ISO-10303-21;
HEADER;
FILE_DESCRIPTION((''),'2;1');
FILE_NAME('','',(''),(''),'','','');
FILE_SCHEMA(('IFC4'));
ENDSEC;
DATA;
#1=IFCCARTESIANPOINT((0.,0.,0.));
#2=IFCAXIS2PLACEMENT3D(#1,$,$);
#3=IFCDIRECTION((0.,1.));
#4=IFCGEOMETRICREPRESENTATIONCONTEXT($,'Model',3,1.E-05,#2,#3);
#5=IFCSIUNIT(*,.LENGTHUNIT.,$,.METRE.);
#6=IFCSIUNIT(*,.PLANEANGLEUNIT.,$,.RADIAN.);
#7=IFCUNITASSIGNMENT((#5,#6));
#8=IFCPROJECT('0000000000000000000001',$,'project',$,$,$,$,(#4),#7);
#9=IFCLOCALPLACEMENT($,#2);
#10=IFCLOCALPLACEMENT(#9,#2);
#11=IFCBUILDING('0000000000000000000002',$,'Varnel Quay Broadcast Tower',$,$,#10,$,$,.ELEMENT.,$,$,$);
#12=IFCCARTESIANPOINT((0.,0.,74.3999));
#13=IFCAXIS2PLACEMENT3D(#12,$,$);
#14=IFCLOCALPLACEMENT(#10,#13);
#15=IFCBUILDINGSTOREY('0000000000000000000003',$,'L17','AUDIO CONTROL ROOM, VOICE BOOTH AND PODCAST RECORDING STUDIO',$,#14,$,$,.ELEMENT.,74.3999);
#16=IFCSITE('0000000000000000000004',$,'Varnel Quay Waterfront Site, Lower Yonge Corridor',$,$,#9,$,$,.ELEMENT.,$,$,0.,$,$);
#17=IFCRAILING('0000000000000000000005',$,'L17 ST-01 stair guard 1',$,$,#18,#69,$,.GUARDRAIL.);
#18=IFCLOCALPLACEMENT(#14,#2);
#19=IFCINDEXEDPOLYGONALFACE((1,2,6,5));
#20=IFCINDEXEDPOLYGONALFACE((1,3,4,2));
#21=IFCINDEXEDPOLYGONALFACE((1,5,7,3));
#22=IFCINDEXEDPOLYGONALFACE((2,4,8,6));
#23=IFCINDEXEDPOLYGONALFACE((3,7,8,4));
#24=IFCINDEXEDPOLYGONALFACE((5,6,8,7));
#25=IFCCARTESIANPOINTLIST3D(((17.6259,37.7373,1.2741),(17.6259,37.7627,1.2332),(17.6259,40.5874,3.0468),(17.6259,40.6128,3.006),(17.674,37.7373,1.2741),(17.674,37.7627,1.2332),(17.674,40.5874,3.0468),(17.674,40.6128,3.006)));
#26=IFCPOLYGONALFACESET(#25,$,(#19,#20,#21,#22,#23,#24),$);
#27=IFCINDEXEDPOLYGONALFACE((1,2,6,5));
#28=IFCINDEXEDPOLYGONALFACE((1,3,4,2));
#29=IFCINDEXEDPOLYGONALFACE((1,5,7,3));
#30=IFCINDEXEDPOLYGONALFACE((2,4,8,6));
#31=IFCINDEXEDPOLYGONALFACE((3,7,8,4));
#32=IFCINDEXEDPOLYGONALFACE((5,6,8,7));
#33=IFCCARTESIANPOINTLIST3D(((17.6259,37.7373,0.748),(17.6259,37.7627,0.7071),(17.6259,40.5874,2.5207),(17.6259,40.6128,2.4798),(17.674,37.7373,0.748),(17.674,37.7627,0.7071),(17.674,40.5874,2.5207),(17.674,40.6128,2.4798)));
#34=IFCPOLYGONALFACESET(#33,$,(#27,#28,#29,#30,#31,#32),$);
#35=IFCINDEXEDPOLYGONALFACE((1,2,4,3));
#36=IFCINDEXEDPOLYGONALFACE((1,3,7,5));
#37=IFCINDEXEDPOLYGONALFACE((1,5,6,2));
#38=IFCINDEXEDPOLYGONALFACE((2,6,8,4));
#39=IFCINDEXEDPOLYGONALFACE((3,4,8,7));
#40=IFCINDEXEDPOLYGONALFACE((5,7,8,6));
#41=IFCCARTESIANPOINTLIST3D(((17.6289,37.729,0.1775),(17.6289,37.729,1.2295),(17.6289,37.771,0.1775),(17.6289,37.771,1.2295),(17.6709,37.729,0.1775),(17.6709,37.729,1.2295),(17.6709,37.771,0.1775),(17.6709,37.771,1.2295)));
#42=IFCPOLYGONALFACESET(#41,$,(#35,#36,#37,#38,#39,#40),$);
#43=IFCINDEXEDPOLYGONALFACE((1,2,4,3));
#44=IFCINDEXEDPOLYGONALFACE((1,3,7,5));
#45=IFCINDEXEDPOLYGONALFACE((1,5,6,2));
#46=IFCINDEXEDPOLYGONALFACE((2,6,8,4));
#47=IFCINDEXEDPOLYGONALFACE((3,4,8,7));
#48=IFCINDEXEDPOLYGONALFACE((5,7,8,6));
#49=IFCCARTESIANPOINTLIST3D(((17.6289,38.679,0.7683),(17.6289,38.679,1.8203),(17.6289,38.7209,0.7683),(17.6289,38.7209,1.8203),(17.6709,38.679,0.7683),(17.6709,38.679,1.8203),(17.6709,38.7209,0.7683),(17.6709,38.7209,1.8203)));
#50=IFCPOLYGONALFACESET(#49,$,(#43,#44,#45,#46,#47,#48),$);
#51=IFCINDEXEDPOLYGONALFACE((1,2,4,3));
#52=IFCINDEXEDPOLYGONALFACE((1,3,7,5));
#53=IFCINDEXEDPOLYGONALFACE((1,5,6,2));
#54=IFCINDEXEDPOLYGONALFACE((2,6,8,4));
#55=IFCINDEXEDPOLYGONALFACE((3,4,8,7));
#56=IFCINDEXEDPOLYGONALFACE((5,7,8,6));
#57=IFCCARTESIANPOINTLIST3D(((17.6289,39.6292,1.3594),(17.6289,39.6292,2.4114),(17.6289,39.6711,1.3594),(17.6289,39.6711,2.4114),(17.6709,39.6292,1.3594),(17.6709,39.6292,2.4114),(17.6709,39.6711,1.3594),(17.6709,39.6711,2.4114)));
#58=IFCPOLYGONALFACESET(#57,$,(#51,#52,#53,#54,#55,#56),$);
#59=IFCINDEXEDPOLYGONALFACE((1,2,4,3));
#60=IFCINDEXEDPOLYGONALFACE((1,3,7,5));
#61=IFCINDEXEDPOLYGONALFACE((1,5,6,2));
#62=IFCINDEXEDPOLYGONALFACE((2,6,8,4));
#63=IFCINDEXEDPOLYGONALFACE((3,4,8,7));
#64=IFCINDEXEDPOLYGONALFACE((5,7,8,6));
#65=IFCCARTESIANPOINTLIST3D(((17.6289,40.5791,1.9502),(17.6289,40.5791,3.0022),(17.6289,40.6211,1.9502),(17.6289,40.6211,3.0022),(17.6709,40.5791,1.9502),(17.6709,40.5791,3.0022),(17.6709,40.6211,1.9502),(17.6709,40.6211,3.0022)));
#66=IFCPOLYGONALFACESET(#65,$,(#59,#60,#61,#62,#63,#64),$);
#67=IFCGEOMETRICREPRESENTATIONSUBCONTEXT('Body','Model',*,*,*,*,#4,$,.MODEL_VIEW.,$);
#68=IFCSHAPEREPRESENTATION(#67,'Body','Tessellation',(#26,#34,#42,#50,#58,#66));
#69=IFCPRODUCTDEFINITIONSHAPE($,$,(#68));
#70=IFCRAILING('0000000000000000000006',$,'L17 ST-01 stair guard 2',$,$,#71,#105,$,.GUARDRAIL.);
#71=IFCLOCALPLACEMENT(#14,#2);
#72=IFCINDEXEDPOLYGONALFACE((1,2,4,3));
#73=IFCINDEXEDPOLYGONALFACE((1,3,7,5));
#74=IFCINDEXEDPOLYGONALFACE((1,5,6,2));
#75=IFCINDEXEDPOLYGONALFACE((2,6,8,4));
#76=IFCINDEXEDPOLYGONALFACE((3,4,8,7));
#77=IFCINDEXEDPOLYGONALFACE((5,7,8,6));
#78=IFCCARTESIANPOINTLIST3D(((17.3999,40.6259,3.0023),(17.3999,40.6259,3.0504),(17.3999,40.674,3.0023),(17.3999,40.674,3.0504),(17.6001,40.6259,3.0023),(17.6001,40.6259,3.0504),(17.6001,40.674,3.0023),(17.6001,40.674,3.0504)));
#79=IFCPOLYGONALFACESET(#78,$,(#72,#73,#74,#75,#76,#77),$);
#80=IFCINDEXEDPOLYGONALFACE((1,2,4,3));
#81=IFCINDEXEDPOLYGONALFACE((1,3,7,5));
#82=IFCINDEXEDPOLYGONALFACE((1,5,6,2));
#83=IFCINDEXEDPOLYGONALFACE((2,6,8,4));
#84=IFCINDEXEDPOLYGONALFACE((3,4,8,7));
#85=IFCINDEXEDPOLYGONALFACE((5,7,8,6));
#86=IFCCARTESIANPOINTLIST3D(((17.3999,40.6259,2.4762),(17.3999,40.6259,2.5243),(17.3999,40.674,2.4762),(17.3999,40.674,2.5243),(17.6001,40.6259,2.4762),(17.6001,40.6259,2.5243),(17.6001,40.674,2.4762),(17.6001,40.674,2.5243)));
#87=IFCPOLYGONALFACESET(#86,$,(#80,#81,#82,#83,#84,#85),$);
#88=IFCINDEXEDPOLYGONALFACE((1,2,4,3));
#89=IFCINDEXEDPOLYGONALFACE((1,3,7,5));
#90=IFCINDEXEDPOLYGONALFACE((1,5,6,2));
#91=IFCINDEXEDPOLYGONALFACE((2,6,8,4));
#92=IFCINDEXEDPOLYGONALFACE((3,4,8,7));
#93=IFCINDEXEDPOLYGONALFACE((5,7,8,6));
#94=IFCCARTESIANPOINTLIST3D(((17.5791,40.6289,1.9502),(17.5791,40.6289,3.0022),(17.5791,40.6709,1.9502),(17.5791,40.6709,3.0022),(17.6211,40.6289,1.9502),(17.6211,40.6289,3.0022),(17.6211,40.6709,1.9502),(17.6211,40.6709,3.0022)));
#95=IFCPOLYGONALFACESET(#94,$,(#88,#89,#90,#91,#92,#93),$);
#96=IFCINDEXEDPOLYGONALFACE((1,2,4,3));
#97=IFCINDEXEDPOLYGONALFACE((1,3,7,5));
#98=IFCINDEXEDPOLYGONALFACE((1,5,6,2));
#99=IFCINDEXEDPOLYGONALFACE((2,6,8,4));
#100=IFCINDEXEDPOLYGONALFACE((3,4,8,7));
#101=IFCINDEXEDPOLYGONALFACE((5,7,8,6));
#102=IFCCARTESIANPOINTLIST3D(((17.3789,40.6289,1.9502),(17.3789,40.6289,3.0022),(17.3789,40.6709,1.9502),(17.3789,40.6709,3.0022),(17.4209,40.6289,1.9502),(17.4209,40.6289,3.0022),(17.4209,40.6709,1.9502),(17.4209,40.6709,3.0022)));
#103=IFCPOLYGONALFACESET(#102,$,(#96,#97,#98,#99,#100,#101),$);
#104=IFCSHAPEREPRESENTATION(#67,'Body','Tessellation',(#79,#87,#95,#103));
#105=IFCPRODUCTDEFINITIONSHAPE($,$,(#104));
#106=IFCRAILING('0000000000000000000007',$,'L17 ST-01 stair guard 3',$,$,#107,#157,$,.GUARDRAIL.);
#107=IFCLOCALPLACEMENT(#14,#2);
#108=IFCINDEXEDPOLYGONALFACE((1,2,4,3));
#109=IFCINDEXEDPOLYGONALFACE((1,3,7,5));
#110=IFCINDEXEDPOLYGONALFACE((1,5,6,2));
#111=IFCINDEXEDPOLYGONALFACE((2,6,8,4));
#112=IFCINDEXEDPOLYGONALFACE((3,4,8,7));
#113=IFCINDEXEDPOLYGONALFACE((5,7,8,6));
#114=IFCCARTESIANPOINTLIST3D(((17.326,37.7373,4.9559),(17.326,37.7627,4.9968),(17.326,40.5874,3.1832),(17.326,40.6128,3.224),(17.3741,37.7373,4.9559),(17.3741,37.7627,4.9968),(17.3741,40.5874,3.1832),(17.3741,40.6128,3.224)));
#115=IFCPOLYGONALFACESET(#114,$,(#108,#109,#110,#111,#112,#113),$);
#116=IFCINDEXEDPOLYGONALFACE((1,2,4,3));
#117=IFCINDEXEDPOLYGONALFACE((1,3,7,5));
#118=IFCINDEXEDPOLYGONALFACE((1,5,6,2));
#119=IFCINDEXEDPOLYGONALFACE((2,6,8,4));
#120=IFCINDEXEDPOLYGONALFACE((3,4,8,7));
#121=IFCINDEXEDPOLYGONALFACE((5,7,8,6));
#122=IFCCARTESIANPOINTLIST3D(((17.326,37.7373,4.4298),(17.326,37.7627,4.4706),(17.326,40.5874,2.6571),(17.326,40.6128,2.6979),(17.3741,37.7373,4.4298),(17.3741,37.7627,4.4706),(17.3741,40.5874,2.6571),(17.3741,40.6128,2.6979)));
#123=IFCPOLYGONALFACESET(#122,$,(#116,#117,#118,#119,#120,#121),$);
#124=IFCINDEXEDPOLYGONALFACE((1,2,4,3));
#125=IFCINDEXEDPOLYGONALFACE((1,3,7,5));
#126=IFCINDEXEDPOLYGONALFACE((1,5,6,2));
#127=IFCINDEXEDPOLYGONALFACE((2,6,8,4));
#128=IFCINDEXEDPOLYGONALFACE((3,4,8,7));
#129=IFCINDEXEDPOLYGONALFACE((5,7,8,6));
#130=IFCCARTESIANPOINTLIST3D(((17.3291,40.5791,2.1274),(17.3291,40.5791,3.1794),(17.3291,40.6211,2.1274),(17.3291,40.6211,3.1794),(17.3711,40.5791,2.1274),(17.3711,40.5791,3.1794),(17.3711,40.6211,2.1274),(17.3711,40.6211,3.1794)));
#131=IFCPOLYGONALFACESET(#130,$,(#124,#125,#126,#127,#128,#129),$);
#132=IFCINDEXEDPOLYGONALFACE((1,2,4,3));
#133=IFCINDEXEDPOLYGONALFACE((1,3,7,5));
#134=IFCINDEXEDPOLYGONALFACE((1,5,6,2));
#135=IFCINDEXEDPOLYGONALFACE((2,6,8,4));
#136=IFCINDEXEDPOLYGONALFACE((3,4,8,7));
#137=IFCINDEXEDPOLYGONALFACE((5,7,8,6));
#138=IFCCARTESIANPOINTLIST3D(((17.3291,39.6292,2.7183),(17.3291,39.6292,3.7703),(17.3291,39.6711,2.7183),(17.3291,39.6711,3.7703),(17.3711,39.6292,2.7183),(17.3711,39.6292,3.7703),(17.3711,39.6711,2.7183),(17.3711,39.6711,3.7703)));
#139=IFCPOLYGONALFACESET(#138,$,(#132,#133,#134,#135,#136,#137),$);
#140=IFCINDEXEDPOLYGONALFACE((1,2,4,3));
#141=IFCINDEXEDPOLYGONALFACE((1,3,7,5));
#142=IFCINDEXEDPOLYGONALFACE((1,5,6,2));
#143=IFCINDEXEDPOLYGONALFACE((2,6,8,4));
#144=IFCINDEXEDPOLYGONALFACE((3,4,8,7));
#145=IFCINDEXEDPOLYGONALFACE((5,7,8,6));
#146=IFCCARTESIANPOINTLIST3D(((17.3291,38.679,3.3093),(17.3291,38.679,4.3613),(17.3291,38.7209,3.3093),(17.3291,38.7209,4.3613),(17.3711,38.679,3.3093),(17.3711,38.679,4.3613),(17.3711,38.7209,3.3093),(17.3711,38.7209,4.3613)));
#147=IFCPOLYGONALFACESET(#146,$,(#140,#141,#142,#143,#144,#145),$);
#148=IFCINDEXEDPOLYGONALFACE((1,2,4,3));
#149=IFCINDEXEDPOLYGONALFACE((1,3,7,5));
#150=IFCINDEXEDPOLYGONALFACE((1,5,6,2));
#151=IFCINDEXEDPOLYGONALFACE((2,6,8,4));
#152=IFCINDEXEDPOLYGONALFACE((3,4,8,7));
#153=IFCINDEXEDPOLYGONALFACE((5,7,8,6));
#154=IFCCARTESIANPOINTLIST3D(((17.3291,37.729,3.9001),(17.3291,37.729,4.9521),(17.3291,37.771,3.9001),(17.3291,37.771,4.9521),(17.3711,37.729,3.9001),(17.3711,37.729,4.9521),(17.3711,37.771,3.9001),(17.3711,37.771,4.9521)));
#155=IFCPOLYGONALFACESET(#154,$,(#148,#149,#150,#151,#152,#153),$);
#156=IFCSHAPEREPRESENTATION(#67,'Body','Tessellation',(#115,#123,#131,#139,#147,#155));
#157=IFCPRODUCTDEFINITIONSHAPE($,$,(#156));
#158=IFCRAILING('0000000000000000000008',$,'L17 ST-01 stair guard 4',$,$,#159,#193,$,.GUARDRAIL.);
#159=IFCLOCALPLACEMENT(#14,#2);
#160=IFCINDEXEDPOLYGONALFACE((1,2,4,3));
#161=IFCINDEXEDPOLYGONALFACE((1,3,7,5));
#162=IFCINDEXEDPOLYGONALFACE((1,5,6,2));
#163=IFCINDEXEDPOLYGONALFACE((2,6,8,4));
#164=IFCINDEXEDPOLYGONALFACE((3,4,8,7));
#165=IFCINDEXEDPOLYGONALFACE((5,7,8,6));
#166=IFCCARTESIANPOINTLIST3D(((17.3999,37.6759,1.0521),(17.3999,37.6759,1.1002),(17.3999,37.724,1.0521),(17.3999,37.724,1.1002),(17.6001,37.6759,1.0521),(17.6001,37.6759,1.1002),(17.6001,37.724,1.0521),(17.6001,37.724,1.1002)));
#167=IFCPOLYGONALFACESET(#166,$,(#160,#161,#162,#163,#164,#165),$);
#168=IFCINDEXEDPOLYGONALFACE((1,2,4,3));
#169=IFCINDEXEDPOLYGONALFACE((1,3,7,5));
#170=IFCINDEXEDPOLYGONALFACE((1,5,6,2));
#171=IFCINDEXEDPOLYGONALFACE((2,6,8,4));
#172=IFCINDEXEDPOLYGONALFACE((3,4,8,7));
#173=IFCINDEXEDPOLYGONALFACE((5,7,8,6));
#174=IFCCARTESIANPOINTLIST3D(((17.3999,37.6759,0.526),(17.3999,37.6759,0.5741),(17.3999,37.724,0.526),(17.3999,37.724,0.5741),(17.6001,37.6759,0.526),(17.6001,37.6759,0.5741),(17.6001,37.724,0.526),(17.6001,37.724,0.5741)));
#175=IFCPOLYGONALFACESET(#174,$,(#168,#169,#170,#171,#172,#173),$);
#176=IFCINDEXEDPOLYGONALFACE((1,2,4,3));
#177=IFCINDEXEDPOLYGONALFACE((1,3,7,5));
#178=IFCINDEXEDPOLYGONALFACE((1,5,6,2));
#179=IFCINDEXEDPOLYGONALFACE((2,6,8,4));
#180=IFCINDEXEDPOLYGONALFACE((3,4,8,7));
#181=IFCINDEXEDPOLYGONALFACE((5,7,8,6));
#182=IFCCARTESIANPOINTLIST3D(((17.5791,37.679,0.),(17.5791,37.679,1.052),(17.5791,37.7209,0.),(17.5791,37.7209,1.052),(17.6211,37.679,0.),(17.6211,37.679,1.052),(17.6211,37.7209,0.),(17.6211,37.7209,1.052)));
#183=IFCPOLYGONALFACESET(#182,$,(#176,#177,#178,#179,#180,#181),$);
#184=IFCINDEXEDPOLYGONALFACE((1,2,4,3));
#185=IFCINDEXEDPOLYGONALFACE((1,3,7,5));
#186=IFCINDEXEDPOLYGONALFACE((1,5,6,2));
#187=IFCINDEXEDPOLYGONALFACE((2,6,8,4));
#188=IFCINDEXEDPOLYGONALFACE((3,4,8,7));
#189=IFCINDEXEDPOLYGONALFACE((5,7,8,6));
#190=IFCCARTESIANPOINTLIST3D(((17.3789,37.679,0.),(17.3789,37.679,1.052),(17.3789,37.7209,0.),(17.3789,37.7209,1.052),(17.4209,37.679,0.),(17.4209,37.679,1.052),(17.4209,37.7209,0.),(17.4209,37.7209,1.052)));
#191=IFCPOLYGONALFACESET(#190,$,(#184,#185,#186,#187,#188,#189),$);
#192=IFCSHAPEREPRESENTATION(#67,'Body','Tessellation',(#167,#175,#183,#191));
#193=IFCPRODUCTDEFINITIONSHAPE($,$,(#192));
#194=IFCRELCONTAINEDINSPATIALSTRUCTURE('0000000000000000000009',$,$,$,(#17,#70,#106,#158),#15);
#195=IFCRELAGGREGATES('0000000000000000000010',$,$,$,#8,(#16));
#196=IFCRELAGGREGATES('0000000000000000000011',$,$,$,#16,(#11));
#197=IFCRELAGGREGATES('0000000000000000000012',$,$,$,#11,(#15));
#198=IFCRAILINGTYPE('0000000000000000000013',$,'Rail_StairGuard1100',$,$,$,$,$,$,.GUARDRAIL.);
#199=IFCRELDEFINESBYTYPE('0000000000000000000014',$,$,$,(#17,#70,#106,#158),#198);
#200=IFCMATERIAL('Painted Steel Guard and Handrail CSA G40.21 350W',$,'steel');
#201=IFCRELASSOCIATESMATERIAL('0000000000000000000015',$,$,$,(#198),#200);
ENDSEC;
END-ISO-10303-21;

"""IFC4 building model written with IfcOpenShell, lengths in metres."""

from ifc_helpers import new_model, si_unit, direction, frame, origin, origin_2d, place, context, subcontext, project, spatial, rectangle, extrude, material, type_object, element, save


model = new_model("IFC4")

# Units and contexts
model_context = context("Model", 3, precision=1e-05, world=origin(), true_north=direction((0.0, 1.0)))
body_context = subcontext(model_context, "Body", "Model", "MODEL_VIEW")
ifc_project = project(units=[si_unit("LENGTHUNIT", "METRE"), si_unit("PLANEANGLEUNIT", "RADIAN")], contexts=[model_context])

# Site, building, storey
site_placement = place(None, origin())
site = spatial("IfcSite", under=ifc_project, at=site_placement, Name="Varnel Quay Waterfront Site, Lower Yonge Corridor", CompositionType="ELEMENT", RefElevation=0.0)
building_placement = place(site_placement, origin())
building = spatial("IfcBuilding", under=site, at=building_placement, Name="Varnel Quay Broadcast Tower", CompositionType="ELEMENT")
storey_placement = place(building_placement, frame((0.0, 0.0, 74.3999)))
storey = spatial("IfcBuildingStorey", under=building, at=storey_placement, Name="L17", Description="AUDIO CONTROL ROOM, VOICE BOOTH AND PODCAST RECORDING STUDIO", CompositionType="ELEMENT", Elevation=74.3999)

# Railings
ifc_material_1 = material(Name="Painted Steel Guard and Handrail CSA G40.21 350W", Category="steel")
railing_type_1 = type_object("IfcRailingType", Name="Rail_StairGuard1100", PredefinedType="GUARDRAIL", material=ifc_material_1)
railing_1_placement = place(storey_placement, frame((17.6499, 37.75, 0.1775)))
element("IfcRailing", 1, at=railing_1_placement, inside=storey, type_object=railing_type_1, Name="L17 ST-01 stair guard 1", PredefinedType="GUARDRAIL", context=body_context, shape_type="SweptSolid", body=[
    extrude(rectangle(XDim=0.0481, YDim=0.0481, at=origin_2d()), frame((0.0, 0.0, 1.0762), z_axis=(0.0, 0.849149, 0.528154), x_axis=(-1.0, 0.0, 0.0)), (0.0, 0.0, 1.0), 3.3564),
    extrude(rectangle(XDim=0.0481, YDim=0.0481, at=origin_2d()), frame((0.0, 0.0, 0.55), z_axis=(0.0, 0.849149, 0.528154), x_axis=(-1.0, 0.0, 0.0)), (0.0, 0.0, 1.0), 3.3564),
    extrude(rectangle(XDim=0.042, YDim=0.042, at=origin_2d()), origin(), (0.0, 0.0, 1.0), 1.052),
    extrude(rectangle(XDim=0.042, YDim=0.042, at=origin_2d()), frame((0.0, 0.95, 0.5908)), (0.0, 0.0, 1.0), 1.052),
    extrude(rectangle(XDim=0.042, YDim=0.042, at=origin_2d()), frame((0.0, 1.9001, 1.1819)), (0.0, 0.0, 1.0), 1.052),
    extrude(rectangle(XDim=0.042, YDim=0.042, at=origin_2d()), frame((0.0, 2.8501, 1.7727)), (0.0, 0.0, 1.0), 1.052),
])
railing_2_placement = place(storey_placement, frame((17.6001, 40.6499, 1.9502)))
element("IfcRailing", 2, at=railing_2_placement, inside=storey, type_object=railing_type_1, Name="L17 ST-01 stair guard 2", PredefinedType="GUARDRAIL", context=body_context, shape_type="SweptSolid", body=[
    extrude(rectangle(XDim=0.0481, YDim=0.0481, at=origin_2d()), frame((0.0, 0.0, 1.0762), z_axis=(-1.0, 0.0, 0.0), x_axis=(0.0, -1.0, 0.0)), (0.0, 0.0, 1.0), 0.2002),
    extrude(rectangle(XDim=0.0481, YDim=0.0481, at=origin_2d()), frame((0.0, 0.0, 0.55), z_axis=(-1.0, 0.0, 0.0), x_axis=(0.0, -1.0, 0.0)), (0.0, 0.0, 1.0), 0.2002),
    extrude(rectangle(XDim=0.042, YDim=0.042, at=origin_2d()), origin(), (0.0, 0.0, 1.0), 1.052),
    extrude(rectangle(XDim=0.042, YDim=0.042, at=origin_2d()), frame((-0.2002, 0.0, 0.0)), (0.0, 0.0, 1.0), 1.052),
])
railing_3_placement = place(storey_placement, frame((17.3501, 40.6001, 2.1274)))
element("IfcRailing", 3, at=railing_3_placement, inside=storey, type_object=railing_type_1, Name="L17 ST-01 stair guard 3", PredefinedType="GUARDRAIL", context=body_context, shape_type="SweptSolid", body=[
    extrude(rectangle(XDim=0.0481, YDim=0.0481, at=origin_2d()), frame((0.0, 0.0, 1.0762), z_axis=(0.0, -0.849149, 0.528154), x_axis=(1.0, 0.0, 0.0)), (0.0, 0.0, 1.0), 3.3564),
    extrude(rectangle(XDim=0.0481, YDim=0.0481, at=origin_2d()), frame((0.0, 0.0, 0.55), z_axis=(0.0, -0.849149, 0.528154), x_axis=(1.0, 0.0, 0.0)), (0.0, 0.0, 1.0), 3.3564),
    extrude(rectangle(XDim=0.042, YDim=0.042, at=origin_2d()), origin(), (0.0, 0.0, 1.0), 1.052),
    extrude(rectangle(XDim=0.042, YDim=0.042, at=origin_2d()), frame((0.0, -0.95, 0.5908)), (0.0, 0.0, 1.0), 1.052),
    extrude(rectangle(XDim=0.042, YDim=0.042, at=origin_2d()), frame((0.0, -1.9001, 1.1819)), (0.0, 0.0, 1.0), 1.052),
    extrude(rectangle(XDim=0.042, YDim=0.042, at=origin_2d()), frame((0.0, -2.8501, 1.7727)), (0.0, 0.0, 1.0), 1.052),
])
railing_4_placement = place(storey_placement, frame((17.6001, 37.7, 0.0)))
element("IfcRailing", 4, at=railing_4_placement, inside=storey, type_object=railing_type_1, Name="L17 ST-01 stair guard 4", PredefinedType="GUARDRAIL", context=body_context, shape_type="SweptSolid", body=[
    extrude(rectangle(XDim=0.0481, YDim=0.0481, at=origin_2d()), frame((0.0, 0.0, 1.0762), z_axis=(-1.0, 0.0, 0.0), x_axis=(0.0, -1.0, 0.0)), (0.0, 0.0, 1.0), 0.2002),
    extrude(rectangle(XDim=0.0481, YDim=0.0481, at=origin_2d()), frame((0.0, 0.0, 0.55), z_axis=(-1.0, 0.0, 0.0), x_axis=(0.0, -1.0, 0.0)), (0.0, 0.0, 1.0), 0.2002),
    extrude(rectangle(XDim=0.042, YDim=0.042, at=origin_2d()), origin(), (0.0, 0.0, 1.0), 1.052),
    extrude(rectangle(XDim=0.042, YDim=0.042, at=origin_2d()), frame((-0.2002, 0.0, 0.0)), (0.0, 0.0, 1.0), 1.052),
])

save(model, "model.ifc")
